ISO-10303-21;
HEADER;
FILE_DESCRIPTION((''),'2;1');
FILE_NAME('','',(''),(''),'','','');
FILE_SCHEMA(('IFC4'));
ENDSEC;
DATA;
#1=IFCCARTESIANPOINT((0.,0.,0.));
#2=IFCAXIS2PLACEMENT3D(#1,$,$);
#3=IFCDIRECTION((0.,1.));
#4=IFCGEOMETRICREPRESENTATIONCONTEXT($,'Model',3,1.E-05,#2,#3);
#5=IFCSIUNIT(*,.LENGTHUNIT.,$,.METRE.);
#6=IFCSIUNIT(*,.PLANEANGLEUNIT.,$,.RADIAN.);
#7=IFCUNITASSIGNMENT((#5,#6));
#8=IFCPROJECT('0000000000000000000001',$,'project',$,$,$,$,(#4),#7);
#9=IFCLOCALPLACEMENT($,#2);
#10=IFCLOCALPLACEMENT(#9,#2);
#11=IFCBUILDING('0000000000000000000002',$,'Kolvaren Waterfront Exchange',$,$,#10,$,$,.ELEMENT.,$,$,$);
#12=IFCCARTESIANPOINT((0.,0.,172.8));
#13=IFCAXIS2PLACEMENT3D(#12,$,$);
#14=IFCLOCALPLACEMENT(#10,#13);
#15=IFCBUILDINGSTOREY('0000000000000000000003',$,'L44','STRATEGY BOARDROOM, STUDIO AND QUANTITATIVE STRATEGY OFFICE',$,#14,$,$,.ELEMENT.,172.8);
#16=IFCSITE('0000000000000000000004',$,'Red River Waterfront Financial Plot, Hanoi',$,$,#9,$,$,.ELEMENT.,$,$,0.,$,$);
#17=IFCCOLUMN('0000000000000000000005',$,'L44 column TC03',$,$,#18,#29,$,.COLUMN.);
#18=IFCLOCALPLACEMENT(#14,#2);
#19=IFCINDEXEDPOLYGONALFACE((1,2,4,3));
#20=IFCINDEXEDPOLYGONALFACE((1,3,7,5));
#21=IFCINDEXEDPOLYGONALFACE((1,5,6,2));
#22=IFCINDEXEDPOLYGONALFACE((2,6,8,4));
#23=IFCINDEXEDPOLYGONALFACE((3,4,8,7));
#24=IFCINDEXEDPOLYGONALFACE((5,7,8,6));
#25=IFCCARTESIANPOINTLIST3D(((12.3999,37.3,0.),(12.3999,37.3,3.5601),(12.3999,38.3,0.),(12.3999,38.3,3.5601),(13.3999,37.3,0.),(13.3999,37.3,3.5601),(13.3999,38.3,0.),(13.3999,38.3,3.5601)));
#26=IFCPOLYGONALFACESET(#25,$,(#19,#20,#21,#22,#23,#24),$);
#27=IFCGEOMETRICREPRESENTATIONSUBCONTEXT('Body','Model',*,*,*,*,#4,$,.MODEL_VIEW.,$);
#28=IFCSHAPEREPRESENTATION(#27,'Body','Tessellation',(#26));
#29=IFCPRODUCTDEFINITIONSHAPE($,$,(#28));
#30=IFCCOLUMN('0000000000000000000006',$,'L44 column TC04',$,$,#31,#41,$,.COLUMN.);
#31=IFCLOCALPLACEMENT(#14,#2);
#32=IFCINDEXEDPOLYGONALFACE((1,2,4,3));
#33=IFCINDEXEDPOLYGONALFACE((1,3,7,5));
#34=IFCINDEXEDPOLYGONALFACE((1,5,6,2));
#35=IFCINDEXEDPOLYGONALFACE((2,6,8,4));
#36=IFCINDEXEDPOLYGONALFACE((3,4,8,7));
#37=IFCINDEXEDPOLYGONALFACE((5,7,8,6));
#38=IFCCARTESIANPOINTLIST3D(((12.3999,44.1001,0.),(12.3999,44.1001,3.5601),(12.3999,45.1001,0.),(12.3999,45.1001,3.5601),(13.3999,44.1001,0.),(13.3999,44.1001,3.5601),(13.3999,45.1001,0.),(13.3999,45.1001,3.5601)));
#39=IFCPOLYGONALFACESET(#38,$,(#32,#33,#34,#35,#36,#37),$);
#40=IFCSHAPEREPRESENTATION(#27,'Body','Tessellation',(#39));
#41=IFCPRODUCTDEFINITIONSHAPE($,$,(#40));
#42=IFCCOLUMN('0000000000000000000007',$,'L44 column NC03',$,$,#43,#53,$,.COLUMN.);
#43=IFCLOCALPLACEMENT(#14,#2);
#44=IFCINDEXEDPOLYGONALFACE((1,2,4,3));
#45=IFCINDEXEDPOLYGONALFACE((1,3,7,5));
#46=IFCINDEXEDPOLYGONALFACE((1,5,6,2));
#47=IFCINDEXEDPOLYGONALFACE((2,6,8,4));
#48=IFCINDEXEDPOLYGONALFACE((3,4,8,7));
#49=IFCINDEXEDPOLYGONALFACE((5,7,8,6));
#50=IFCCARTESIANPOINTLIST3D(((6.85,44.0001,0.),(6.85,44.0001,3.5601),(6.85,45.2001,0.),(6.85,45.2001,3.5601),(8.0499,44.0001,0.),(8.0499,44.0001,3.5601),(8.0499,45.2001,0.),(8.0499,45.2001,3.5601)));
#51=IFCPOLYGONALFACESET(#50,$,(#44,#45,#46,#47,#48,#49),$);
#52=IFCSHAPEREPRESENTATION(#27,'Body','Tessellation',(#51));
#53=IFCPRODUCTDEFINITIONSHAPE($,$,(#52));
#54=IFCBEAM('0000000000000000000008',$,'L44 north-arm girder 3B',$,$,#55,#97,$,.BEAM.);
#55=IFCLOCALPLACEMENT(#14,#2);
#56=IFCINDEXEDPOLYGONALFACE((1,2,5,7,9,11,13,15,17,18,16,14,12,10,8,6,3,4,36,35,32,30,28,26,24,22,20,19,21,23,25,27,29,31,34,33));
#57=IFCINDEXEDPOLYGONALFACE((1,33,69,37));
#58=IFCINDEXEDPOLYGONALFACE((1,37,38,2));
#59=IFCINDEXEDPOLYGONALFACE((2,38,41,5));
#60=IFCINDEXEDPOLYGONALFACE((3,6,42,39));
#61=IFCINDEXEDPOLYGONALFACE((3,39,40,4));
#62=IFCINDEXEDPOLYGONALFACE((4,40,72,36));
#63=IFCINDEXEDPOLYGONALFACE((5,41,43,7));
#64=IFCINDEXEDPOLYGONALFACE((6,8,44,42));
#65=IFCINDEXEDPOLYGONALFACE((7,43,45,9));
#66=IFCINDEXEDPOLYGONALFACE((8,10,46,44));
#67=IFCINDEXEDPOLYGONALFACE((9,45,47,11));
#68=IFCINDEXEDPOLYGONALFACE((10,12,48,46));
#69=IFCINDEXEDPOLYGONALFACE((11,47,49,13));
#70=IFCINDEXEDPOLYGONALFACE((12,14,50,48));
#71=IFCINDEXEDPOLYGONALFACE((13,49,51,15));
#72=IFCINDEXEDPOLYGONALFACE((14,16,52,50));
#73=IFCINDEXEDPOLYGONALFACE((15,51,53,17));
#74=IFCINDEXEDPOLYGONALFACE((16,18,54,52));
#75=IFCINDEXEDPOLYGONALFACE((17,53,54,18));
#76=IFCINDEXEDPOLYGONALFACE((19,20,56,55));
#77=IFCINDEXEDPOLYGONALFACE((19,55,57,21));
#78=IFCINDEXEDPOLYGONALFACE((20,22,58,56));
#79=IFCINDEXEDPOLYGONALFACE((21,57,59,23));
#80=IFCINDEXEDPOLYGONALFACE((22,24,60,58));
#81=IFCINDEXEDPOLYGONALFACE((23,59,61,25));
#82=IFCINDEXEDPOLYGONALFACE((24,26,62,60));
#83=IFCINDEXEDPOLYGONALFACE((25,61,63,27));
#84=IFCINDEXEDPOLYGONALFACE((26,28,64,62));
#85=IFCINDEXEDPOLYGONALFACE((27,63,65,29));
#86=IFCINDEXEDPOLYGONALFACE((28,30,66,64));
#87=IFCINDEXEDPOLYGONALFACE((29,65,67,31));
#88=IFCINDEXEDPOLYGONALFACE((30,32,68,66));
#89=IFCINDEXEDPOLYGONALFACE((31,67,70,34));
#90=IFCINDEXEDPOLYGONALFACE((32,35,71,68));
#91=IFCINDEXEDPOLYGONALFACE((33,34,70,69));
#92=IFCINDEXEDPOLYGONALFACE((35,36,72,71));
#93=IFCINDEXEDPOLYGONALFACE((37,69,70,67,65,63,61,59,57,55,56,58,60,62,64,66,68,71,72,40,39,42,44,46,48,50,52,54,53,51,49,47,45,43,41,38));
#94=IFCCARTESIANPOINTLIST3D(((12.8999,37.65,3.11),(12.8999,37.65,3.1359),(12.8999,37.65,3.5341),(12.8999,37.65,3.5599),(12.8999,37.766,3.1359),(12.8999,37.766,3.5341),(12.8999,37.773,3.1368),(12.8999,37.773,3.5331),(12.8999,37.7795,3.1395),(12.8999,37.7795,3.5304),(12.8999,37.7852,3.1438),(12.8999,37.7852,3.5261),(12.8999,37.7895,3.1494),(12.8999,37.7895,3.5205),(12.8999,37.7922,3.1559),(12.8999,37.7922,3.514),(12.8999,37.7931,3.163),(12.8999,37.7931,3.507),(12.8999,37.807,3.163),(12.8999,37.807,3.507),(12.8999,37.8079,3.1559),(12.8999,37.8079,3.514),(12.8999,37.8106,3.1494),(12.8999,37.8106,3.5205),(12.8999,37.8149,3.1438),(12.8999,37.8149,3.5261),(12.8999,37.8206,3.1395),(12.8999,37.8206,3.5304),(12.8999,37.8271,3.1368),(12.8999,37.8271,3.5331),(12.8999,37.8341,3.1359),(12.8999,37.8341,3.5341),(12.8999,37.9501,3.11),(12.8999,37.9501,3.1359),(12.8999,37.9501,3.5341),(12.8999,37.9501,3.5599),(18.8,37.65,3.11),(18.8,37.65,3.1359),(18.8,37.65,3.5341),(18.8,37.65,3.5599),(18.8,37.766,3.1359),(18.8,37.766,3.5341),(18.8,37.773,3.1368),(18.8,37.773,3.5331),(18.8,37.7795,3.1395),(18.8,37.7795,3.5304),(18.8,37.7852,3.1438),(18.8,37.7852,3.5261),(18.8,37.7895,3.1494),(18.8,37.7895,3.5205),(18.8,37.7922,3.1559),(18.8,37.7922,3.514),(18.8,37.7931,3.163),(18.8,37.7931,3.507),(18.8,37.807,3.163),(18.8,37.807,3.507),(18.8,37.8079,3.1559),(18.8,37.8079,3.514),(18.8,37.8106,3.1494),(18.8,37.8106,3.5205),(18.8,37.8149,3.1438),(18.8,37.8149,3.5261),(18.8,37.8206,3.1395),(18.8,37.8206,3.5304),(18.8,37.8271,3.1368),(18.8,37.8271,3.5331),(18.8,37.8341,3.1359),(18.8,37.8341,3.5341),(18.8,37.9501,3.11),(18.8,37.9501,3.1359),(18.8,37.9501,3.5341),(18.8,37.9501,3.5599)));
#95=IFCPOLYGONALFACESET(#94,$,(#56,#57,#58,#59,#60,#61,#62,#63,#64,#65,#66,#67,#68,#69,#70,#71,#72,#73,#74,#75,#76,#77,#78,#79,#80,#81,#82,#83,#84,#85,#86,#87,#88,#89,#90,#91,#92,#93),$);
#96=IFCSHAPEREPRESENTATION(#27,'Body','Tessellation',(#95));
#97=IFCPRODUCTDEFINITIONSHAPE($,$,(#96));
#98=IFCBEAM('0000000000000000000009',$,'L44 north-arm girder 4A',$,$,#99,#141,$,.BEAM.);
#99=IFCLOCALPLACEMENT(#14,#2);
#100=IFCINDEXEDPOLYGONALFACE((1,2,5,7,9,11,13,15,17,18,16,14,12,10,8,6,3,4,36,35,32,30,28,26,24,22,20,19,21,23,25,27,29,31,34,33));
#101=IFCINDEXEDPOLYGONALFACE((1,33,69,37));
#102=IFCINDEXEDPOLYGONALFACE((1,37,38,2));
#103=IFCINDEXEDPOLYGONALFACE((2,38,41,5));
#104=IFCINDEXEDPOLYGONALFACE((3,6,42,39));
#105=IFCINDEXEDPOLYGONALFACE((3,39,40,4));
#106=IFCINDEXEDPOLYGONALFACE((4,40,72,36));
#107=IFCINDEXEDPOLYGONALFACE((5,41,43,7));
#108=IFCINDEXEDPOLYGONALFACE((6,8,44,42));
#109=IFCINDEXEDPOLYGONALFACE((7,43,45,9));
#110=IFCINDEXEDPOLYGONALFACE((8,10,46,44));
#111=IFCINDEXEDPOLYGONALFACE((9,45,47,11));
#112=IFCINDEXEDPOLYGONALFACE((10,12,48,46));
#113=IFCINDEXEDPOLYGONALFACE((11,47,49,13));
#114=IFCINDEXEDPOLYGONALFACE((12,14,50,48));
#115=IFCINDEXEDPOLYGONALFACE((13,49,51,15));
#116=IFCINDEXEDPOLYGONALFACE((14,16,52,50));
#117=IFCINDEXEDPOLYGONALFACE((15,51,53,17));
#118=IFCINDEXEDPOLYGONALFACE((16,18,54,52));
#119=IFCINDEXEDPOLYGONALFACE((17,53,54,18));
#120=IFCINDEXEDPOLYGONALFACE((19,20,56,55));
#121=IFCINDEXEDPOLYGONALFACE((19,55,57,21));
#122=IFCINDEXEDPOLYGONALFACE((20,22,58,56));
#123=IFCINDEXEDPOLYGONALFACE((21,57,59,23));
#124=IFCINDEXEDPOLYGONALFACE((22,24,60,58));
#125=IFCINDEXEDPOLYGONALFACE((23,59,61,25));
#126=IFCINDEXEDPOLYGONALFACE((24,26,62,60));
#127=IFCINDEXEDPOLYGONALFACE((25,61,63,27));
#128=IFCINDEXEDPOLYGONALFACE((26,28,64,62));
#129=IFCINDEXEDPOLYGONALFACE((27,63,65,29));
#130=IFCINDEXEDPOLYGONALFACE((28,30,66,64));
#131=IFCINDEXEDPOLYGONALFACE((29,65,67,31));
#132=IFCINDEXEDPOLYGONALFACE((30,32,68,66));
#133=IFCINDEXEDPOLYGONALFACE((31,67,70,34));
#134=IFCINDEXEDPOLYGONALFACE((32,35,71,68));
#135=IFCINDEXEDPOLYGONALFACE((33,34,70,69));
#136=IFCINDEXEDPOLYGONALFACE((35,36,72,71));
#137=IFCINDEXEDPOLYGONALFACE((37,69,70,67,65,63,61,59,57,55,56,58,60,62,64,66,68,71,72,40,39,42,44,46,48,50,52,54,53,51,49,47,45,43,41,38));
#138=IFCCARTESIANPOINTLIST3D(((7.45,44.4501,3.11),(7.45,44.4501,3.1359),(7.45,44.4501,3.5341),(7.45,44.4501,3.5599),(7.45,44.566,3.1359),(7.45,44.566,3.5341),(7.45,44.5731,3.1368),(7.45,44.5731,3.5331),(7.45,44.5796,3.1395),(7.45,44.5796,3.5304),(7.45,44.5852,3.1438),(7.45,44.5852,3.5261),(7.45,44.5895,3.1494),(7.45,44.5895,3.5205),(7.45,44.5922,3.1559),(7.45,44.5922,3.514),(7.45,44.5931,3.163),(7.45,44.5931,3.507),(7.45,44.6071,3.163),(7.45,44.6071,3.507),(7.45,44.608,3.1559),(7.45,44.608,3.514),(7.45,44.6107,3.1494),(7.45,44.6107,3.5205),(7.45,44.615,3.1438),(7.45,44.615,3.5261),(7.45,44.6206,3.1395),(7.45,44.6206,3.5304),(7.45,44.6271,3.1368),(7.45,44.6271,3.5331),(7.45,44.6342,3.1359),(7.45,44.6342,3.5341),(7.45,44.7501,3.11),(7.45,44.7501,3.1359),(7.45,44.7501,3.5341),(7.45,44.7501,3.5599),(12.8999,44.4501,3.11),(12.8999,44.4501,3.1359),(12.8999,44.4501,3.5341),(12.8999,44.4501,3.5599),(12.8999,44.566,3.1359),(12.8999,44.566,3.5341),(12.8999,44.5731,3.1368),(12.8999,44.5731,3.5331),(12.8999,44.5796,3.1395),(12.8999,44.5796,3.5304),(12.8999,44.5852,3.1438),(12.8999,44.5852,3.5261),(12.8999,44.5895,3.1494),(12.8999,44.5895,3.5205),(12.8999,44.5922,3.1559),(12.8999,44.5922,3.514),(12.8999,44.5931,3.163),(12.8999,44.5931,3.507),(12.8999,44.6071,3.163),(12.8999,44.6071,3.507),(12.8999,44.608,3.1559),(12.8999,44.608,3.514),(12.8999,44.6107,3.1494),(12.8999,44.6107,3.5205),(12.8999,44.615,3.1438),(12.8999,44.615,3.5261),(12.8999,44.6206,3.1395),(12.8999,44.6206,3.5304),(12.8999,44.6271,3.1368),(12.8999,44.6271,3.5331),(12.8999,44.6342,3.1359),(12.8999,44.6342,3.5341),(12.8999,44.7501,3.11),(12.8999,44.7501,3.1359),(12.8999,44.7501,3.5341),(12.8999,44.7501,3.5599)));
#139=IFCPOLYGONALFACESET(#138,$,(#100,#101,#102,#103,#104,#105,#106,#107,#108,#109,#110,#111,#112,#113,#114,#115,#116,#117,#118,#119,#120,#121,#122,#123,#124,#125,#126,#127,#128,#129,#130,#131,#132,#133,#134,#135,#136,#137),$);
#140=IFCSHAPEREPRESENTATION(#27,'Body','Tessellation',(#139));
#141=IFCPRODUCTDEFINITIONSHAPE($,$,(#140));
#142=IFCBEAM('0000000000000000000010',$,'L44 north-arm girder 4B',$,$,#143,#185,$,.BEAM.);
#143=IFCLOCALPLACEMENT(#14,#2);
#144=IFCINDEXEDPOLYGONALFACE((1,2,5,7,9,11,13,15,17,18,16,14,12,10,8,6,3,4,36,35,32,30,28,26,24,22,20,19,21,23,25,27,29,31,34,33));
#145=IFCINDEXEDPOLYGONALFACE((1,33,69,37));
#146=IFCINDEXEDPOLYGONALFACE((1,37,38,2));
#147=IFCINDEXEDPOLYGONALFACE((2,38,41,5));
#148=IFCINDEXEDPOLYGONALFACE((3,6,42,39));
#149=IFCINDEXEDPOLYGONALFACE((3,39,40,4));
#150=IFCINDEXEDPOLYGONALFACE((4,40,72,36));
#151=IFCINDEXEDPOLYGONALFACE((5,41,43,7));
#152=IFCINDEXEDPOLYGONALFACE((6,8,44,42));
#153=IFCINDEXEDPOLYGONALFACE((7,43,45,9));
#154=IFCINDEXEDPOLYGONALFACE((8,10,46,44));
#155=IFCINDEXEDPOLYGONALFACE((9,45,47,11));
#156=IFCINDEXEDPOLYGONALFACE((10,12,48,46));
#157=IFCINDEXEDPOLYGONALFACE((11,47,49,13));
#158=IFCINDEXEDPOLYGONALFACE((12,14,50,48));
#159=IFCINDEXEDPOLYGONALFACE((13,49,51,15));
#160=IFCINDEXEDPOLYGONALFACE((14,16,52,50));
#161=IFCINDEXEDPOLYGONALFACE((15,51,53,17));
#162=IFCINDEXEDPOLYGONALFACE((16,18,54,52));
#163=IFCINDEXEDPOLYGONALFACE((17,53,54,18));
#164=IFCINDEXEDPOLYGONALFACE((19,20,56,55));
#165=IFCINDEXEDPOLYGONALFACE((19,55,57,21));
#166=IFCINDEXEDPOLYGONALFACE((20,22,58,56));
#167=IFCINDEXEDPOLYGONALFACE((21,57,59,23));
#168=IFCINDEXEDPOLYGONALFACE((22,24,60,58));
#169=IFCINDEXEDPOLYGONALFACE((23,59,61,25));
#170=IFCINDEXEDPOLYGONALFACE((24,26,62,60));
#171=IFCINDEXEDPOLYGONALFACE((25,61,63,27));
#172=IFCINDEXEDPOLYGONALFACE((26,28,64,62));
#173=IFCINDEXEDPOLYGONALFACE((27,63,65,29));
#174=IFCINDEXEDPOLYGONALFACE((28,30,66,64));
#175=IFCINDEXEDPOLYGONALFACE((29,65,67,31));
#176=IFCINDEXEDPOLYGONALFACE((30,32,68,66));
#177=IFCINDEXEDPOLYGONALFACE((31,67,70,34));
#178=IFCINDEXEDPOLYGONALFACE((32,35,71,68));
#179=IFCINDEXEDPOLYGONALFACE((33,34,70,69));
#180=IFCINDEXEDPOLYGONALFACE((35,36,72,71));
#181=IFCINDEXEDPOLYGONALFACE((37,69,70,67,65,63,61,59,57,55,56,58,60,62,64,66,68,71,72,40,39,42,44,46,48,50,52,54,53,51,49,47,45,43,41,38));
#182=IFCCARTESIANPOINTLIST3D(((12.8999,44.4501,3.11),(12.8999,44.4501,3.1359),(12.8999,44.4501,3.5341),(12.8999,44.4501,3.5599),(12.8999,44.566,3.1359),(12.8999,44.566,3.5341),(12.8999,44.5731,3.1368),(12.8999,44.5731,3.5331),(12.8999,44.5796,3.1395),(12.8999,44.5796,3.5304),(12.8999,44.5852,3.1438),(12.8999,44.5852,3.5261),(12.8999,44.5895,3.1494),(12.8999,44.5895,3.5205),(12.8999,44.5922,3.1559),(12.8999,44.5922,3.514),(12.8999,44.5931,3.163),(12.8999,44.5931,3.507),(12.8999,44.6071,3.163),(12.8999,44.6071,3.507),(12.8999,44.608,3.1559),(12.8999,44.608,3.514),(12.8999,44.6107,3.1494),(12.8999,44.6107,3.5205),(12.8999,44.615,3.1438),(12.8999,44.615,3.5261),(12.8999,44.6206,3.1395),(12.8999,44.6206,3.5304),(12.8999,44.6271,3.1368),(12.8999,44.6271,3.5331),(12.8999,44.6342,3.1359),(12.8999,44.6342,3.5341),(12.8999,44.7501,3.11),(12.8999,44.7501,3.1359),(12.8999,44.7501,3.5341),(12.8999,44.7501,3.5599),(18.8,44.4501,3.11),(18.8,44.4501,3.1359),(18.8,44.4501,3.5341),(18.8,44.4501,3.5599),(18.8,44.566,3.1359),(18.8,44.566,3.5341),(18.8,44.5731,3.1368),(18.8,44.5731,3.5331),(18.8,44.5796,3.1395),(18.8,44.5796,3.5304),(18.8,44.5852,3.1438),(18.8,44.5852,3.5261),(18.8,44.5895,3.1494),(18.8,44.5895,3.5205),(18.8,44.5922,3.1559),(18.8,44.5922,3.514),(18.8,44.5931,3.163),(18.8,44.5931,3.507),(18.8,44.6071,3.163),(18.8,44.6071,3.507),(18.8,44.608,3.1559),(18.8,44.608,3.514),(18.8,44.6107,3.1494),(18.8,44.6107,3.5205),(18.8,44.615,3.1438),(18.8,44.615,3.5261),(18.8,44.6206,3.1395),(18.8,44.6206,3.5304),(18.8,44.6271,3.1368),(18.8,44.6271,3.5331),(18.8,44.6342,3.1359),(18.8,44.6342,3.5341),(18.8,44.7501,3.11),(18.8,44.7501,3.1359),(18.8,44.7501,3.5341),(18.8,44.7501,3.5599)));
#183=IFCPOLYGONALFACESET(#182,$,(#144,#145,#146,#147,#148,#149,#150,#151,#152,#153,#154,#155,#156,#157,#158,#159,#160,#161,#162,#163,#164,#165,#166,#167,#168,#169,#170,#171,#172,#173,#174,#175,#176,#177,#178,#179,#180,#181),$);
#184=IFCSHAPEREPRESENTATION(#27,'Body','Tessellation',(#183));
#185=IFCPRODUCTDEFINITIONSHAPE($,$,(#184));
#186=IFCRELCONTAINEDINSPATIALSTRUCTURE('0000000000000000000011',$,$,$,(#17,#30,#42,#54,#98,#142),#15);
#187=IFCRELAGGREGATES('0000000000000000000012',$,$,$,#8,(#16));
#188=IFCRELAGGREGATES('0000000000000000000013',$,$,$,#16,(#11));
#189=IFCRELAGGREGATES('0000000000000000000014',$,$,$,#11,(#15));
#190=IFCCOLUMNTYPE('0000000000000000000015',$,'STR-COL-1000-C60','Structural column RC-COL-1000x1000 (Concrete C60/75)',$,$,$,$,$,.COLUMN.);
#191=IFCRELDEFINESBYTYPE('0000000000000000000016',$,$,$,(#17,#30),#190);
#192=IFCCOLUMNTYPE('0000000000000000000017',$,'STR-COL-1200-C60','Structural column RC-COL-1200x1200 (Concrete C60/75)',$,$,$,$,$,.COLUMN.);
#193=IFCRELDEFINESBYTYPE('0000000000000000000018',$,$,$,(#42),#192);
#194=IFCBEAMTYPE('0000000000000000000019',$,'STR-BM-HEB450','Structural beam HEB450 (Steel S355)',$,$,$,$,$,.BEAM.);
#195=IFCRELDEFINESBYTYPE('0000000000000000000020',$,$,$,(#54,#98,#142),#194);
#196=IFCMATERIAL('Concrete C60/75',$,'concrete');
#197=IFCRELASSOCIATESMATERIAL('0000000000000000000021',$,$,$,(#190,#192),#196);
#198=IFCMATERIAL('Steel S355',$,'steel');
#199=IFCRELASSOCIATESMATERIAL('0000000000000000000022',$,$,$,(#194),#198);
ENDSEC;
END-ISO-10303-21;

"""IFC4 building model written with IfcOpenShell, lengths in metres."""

from ifc_helpers import new_model, si_unit, direction, frame, origin, origin_2d, place, context, subcontext, project, spatial, rectangle, i_section, extrude, material, material_profile, profile_set, type_object, element, save


model = new_model("IFC4")

# Units and contexts
model_context = context("Model", 3, precision=1e-05, world=origin(), true_north=direction((0.0, 1.0)))
body_context = subcontext(model_context, "Body", "Model", "MODEL_VIEW")
ifc_project = project(units=[si_unit("LENGTHUNIT", "METRE"), si_unit("PLANEANGLEUNIT", "RADIAN")], contexts=[model_context])

# Site, building, storey
site_placement = place(None, origin())
site = spatial("IfcSite", under=ifc_project, at=site_placement, Name="Red River Waterfront Financial Plot, Hanoi", CompositionType="ELEMENT", RefElevation=0.0)
building_placement = place(site_placement, origin())
building = spatial("IfcBuilding", under=site, at=building_placement, Name="Kolvaren Waterfront Exchange", CompositionType="ELEMENT")
storey_placement = place(building_placement, frame((0.0, 0.0, 172.8)))
storey = spatial("IfcBuildingStorey", under=building, at=storey_placement, Name="L44", Description="STRATEGY BOARDROOM, STUDIO AND QUANTITATIVE STRATEGY OFFICE", CompositionType="ELEMENT", Elevation=172.8)

# Columns
ifc_material_1 = material(Name="Concrete C60/75", Category="concrete")
ifc_material_profile_1 = material_profile(ifc_material_1, rectangle(XDim=1.0, YDim=1.0, at=origin_2d()), Name="RC-COL-1000x1000")
ifc_profile_set_1 = profile_set([ifc_material_profile_1], Name="Concrete C60/75")
column_type_1 = type_object("IfcColumnType", Name="STR-COL-1000-C60", Description="Structural column RC-COL-1000x1000 (Concrete C60/75)", PredefinedType="COLUMN", material=ifc_profile_set_1)
for number, where, z_axis, x_axis, name in (
    (1, (12.8999, 37.8, 0.0), (0.0, 0.0, 1.0), (1.0, 0.0, 0.0), "L44 column TC03"),
    (2, (12.8999, 44.6001, 0.0), (0.0, 0.0, 1.0), (1.0, 0.0, 0.0), "L44 column TC04"),
):
    element("IfcColumn", number, at=place(storey_placement, frame(where, z_axis=z_axis, x_axis=x_axis)), inside=storey, type_object=column_type_1, Name=name, PredefinedType="COLUMN", context=body_context, shape_type="SweptSolid", body=[
        extrude(rectangle(XDim=1.0, YDim=1.0, at=origin_2d()), origin(), (0.0, 0.0, 1.0), 3.5601),
    ])
ifc_material_profile_2 = material_profile(ifc_material_1, rectangle(XDim=1.2, YDim=1.2, at=origin_2d()), Name="RC-COL-1200x1200")
ifc_profile_set_2 = profile_set([ifc_material_profile_2], Name="Concrete C60/75")
column_type_2 = type_object("IfcColumnType", Name="STR-COL-1200-C60", Description="Structural column RC-COL-1200x1200 (Concrete C60/75)", PredefinedType="COLUMN", material=ifc_profile_set_2)
column_placement = place(storey_placement, frame((7.45, 44.6001, 0.0), z_axis=(0.0, 0.0, 1.0), x_axis=(1.0, 0.0, 0.0)))
element("IfcColumn", 3, at=column_placement, inside=storey, type_object=column_type_2, Name="L44 column NC03", PredefinedType="COLUMN", context=body_context, shape_type="SweptSolid", body=[
    extrude(rectangle(XDim=1.2, YDim=1.2, at=origin_2d()), origin(), (0.0, 0.0, 1.0), 3.5601),
])

# Beams
ifc_material_2 = material(Name="Steel S355", Category="steel")
ifc_material_profile_3 = material_profile(ifc_material_2, i_section(OverallWidth=0.3, OverallDepth=0.45, WebThickness=0.0139, FlangeThickness=0.0259, FilletRadius=0.0271, at=origin_2d()), Name="HEB450")
ifc_profile_set_3 = profile_set([ifc_material_profile_3], Name="Steel S355")
beam_type_1 = type_object("IfcBeamType", Name="STR-BM-HEB450", Description="Structural beam HEB450 (Steel S355)", PredefinedType="BEAM", material=ifc_profile_set_3)
beam_1_placement = place(storey_placement, frame((12.8999, 37.8, 3.335), z_axis=(1.0, 0.0, 0.0), x_axis=(0.0, 1.0, 0.0)))
element("IfcBeam", 4, at=beam_1_placement, inside=storey, type_object=beam_type_1, Name="L44 north-arm girder 3B", PredefinedType="BEAM", context=body_context, shape_type="SweptSolid", body=[
    extrude(i_section(OverallWidth=0.3, OverallDepth=0.45, WebThickness=0.0139, FlangeThickness=0.0259, FilletRadius=0.0271, at=origin_2d()), origin(), (0.0, 0.0, 1.0), 5.9001),
])
beam_2_placement = place(storey_placement, frame((7.45, 44.6001, 3.335), z_axis=(1.0, 0.0, 0.0), x_axis=(0.0, 1.0, 0.0)))
element("IfcBeam", 5, at=beam_2_placement, inside=storey, type_object=beam_type_1, Name="L44 north-arm girder 4A", PredefinedType="BEAM", context=body_context, shape_type="SweptSolid", body=[
    extrude(i_section(OverallWidth=0.3, OverallDepth=0.45, WebThickness=0.0139, FlangeThickness=0.0259, FilletRadius=0.0271, at=origin_2d()), origin(), (0.0, 0.0, 1.0), 5.45),
])
beam_3_placement = place(storey_placement, frame((12.8999, 44.6001, 3.335), z_axis=(1.0, 0.0, 0.0), x_axis=(0.0, 1.0, 0.0)))
element("IfcBeam", 6, at=beam_3_placement, inside=storey, type_object=beam_type_1, Name="L44 north-arm girder 4B", PredefinedType="BEAM", context=body_context, shape_type="SweptSolid", body=[
    extrude(i_section(OverallWidth=0.3, OverallDepth=0.45, WebThickness=0.0139, FlangeThickness=0.0259, FilletRadius=0.0271, at=origin_2d()), origin(), (0.0, 0.0, 1.0), 5.9001),
])

save(model, "model.ifc")
